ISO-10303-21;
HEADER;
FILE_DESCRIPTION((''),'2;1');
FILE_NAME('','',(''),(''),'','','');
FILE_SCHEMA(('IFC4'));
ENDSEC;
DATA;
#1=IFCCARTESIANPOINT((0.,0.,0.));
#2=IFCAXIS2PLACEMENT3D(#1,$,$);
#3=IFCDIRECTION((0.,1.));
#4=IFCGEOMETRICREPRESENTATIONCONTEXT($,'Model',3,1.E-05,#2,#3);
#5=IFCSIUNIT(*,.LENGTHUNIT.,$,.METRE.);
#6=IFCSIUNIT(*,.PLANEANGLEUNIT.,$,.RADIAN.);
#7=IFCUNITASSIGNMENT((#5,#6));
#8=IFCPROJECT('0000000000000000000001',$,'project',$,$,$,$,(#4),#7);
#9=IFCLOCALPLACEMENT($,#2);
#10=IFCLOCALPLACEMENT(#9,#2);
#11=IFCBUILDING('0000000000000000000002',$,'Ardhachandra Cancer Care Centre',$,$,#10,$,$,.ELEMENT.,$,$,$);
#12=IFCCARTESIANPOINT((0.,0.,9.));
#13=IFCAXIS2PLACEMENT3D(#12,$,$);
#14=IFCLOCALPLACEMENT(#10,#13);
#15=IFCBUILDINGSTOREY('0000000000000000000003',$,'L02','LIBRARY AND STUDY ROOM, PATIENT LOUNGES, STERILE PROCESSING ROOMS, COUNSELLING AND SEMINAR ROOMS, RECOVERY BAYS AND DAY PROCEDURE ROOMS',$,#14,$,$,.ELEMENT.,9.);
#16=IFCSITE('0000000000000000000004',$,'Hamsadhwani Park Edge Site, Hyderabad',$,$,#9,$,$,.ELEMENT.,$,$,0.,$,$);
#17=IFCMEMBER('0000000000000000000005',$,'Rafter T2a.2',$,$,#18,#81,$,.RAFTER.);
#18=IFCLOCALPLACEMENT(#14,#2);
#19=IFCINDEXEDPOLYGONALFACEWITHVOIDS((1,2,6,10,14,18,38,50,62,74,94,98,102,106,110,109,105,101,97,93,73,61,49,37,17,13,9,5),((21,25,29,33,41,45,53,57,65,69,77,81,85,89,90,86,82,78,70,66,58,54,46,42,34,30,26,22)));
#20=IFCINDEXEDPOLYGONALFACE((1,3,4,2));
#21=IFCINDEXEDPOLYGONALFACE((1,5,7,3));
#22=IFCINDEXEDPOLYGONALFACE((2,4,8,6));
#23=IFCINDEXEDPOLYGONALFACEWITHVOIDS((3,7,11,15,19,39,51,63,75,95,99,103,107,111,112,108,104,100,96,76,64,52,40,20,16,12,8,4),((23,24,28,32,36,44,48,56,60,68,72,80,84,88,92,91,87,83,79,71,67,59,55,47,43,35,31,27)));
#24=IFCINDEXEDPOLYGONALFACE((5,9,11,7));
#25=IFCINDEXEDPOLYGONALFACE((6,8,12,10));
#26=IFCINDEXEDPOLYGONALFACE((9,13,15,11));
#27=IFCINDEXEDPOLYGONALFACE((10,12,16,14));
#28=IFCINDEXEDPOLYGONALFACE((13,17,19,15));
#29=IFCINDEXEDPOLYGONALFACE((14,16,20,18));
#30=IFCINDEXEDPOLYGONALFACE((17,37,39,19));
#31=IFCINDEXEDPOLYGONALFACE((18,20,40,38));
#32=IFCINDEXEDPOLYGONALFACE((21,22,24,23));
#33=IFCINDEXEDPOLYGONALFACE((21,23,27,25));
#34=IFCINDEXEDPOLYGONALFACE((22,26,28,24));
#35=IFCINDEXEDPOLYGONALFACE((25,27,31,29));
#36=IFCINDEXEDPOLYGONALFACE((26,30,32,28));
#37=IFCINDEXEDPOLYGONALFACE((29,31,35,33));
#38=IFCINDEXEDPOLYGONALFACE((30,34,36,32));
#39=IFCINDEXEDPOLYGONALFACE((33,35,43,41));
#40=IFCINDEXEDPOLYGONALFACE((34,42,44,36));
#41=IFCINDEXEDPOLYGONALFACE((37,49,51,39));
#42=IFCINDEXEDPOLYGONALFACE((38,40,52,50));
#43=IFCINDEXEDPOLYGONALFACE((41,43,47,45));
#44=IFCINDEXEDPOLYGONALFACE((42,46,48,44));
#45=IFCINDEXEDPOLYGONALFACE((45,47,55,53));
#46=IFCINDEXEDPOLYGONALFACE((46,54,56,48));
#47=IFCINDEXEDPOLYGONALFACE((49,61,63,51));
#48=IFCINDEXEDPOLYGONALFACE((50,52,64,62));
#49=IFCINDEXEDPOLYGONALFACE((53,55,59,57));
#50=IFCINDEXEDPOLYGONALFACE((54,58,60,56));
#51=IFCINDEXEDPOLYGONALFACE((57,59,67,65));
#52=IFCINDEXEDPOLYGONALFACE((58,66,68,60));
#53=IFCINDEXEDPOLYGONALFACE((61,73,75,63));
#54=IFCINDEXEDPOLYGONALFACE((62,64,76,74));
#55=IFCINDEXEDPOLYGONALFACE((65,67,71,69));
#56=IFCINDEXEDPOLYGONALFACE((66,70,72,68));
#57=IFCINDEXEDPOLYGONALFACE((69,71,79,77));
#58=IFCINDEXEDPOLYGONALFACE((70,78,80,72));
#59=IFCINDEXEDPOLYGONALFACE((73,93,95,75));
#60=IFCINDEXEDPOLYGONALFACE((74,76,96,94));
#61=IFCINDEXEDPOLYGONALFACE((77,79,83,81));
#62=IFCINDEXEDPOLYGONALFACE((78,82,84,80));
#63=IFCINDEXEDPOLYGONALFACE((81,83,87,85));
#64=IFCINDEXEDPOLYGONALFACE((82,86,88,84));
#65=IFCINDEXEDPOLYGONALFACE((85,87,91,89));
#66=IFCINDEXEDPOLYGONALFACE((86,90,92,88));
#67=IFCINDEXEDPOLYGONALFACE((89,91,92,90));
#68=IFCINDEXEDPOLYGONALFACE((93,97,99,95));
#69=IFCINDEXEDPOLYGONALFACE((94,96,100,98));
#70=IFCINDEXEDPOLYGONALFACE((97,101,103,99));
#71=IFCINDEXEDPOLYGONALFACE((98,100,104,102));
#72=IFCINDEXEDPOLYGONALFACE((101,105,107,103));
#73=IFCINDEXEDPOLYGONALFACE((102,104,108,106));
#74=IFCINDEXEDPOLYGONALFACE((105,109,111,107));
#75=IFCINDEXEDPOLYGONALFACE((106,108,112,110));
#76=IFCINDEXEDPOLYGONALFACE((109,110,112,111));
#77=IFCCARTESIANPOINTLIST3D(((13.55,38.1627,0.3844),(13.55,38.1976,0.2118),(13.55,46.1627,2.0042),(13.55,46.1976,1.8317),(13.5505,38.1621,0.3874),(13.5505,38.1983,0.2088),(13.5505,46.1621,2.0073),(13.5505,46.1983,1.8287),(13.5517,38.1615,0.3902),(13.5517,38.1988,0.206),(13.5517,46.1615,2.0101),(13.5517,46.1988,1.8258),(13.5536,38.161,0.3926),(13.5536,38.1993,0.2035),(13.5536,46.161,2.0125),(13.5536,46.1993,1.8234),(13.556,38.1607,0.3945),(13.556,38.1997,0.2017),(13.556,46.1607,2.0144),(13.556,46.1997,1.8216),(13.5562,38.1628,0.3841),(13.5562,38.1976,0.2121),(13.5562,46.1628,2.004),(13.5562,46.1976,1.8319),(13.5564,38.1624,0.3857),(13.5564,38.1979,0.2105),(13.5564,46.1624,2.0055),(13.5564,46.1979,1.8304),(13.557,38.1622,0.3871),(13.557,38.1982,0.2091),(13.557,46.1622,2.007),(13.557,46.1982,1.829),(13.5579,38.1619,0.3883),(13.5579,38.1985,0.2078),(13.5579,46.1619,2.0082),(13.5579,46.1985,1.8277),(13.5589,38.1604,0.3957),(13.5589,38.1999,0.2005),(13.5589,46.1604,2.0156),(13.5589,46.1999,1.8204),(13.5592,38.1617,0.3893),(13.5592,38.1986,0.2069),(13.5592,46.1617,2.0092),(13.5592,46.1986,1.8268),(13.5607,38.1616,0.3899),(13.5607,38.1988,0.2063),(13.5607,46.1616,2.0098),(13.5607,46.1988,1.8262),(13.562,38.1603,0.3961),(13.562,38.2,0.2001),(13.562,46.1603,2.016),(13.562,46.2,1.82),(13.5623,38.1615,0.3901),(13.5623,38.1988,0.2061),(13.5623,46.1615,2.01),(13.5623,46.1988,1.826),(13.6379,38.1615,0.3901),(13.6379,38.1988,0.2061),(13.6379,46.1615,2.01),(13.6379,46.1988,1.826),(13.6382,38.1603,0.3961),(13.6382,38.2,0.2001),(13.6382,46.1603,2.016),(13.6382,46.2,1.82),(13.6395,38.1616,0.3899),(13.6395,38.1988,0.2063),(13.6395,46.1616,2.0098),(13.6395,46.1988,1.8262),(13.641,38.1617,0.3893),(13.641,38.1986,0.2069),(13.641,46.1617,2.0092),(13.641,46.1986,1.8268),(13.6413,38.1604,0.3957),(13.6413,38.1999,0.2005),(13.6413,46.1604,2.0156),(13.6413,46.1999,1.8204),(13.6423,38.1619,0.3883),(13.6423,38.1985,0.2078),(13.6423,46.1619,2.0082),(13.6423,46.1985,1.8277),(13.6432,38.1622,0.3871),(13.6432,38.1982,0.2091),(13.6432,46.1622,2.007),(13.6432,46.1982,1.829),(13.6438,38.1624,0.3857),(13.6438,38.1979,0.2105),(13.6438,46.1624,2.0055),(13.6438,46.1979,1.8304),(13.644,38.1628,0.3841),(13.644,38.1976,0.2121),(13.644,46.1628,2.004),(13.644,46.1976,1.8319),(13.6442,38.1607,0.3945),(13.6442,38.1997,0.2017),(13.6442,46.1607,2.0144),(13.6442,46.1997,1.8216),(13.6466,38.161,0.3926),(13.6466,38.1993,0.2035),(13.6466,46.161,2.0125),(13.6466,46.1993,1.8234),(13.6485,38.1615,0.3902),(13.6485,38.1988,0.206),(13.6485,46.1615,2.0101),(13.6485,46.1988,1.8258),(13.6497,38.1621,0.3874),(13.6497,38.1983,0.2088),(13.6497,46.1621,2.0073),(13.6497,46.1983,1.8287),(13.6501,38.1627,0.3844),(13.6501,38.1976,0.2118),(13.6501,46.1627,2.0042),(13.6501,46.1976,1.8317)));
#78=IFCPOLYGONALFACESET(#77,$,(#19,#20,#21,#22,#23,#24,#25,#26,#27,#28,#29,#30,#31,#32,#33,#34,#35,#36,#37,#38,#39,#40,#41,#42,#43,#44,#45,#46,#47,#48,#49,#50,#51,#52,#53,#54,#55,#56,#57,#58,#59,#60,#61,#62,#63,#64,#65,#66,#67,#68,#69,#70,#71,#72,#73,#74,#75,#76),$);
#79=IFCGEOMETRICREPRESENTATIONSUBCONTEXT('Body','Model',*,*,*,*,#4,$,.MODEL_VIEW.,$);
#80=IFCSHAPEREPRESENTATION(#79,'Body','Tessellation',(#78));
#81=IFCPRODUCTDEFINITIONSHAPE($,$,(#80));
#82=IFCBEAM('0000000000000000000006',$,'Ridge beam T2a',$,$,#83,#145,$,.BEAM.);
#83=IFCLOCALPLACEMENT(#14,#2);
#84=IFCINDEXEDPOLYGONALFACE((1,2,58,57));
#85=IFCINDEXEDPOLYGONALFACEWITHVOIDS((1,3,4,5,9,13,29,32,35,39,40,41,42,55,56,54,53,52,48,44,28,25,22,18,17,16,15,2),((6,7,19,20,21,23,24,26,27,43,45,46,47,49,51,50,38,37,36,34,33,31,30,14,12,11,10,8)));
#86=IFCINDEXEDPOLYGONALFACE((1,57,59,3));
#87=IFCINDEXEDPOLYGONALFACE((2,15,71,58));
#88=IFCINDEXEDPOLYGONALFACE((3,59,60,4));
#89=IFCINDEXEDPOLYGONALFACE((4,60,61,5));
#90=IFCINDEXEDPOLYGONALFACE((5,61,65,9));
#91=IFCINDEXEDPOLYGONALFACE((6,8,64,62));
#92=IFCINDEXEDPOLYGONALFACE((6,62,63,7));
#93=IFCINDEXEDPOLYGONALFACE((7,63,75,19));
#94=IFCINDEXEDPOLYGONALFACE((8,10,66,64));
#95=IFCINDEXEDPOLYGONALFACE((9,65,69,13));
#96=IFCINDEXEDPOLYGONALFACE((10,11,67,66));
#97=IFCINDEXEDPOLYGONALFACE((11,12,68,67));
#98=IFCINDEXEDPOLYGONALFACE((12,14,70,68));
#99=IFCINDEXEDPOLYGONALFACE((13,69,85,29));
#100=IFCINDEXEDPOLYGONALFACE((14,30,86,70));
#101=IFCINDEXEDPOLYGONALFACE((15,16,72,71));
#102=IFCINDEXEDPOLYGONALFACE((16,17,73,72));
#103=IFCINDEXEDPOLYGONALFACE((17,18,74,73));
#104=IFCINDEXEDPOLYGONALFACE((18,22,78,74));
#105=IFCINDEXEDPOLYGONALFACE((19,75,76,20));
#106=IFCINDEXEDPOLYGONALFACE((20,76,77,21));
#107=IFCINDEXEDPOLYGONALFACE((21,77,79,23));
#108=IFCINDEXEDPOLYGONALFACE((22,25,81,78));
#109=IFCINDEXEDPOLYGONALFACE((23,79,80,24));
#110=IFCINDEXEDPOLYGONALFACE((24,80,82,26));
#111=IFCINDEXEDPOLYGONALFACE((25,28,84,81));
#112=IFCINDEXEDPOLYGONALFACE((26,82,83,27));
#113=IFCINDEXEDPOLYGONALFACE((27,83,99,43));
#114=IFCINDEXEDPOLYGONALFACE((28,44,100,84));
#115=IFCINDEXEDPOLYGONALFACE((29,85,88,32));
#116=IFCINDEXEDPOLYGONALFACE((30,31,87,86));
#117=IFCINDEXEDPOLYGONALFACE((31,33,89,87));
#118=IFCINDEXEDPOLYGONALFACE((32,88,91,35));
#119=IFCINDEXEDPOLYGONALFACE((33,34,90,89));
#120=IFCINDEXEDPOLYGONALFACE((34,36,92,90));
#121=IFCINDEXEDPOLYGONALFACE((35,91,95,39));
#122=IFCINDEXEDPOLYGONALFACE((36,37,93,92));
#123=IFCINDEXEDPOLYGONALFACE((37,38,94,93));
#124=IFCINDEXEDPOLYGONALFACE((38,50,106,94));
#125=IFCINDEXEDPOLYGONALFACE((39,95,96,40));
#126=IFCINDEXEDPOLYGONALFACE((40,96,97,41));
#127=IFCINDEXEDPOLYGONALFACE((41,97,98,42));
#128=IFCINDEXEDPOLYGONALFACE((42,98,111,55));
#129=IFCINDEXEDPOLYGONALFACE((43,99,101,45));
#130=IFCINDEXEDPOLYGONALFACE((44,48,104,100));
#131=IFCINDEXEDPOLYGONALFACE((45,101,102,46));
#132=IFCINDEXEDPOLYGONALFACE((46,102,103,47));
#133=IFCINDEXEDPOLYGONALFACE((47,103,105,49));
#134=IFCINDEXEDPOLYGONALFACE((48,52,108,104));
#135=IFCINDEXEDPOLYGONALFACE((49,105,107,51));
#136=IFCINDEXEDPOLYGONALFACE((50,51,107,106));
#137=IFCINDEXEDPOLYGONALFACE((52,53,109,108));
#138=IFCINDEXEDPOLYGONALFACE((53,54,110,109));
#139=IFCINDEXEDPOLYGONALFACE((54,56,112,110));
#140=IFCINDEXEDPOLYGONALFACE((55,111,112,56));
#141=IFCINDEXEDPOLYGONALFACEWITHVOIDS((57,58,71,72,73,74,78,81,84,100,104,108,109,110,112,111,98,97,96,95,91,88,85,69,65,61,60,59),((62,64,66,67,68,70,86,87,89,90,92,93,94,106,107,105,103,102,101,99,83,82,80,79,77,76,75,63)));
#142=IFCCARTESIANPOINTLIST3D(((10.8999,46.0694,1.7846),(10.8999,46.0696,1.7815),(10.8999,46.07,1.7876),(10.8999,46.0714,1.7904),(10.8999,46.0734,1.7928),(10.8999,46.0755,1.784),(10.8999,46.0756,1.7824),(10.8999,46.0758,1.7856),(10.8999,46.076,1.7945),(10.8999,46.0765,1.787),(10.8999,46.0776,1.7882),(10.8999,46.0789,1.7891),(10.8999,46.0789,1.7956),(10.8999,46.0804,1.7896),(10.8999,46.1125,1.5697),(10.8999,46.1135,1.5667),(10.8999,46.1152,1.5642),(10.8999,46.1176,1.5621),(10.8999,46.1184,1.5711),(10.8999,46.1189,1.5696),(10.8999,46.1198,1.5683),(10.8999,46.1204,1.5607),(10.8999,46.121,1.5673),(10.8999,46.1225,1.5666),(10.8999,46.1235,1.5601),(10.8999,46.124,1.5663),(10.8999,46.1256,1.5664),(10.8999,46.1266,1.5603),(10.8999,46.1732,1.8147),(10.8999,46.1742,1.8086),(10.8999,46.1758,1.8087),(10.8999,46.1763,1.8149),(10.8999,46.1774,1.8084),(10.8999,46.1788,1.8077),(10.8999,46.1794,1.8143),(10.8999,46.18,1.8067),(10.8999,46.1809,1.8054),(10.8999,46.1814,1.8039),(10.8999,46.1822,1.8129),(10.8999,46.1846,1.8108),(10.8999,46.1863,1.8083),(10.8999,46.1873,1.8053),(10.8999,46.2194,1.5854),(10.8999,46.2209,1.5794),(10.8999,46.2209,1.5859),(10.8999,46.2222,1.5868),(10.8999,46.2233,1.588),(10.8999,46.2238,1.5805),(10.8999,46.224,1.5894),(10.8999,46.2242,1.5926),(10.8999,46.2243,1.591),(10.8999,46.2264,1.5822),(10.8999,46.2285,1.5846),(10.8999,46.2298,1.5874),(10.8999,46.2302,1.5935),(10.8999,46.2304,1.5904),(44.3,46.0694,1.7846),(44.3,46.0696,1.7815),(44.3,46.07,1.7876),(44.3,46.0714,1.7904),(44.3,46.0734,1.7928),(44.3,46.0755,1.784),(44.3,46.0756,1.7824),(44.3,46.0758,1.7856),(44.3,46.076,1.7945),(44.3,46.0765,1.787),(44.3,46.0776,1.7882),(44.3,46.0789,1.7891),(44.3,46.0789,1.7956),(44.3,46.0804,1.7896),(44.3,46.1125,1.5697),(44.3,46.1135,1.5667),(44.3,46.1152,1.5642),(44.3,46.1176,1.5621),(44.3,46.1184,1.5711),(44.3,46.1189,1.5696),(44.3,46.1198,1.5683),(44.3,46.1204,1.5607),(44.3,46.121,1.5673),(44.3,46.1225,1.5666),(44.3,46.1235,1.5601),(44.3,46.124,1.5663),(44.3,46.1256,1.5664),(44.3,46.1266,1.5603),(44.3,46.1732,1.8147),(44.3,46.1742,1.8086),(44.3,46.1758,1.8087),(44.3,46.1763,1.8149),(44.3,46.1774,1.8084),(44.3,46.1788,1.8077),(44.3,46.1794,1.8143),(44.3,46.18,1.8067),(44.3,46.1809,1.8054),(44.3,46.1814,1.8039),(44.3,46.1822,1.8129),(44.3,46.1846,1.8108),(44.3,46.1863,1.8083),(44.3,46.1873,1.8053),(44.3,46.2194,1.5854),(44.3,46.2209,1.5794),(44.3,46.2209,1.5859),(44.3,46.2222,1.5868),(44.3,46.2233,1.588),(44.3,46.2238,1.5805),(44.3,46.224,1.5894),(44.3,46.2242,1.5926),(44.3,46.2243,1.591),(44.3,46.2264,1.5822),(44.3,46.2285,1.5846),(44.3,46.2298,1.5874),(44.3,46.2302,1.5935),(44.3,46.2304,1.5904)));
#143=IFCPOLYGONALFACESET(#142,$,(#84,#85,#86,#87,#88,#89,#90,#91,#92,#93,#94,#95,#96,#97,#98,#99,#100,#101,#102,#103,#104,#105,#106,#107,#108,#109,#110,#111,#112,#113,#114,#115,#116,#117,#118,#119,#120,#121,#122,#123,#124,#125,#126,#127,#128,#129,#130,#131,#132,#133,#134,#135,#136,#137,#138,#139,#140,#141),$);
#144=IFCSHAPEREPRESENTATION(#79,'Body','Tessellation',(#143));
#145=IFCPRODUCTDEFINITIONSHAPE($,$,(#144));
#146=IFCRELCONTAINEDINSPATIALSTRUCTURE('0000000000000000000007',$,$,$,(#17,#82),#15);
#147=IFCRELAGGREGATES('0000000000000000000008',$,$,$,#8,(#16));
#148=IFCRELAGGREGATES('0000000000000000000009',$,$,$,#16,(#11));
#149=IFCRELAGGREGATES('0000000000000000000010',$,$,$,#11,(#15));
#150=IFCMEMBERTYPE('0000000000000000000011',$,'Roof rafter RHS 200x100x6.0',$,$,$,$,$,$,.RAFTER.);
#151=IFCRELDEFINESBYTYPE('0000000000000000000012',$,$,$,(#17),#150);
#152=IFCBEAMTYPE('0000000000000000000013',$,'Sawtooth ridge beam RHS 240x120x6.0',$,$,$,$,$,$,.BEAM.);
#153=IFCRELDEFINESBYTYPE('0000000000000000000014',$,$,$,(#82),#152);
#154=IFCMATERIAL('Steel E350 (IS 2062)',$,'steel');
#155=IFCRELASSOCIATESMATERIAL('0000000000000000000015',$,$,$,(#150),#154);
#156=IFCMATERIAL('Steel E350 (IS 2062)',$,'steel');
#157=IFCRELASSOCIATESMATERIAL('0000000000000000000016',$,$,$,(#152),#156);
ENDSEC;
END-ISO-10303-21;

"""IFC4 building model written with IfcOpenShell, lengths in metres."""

from ifc_helpers import new_model, si_unit, direction, frame, origin, origin_2d, place, context, subcontext, project, spatial, hollow_rectangle, extrude, material, material_profile, profile_set, type_object, element, save


model = new_model("IFC4")

# Units and contexts
model_context = context("Model", 3, precision=1e-05, world=origin(), true_north=direction((0.0, 1.0)))
body_context = subcontext(model_context, "Body", "Model", "MODEL_VIEW")
ifc_project = project(units=[si_unit("LENGTHUNIT", "METRE"), si_unit("PLANEANGLEUNIT", "RADIAN")], contexts=[model_context])

# Site, building, storey
site_placement = place(None, origin())
site = spatial("IfcSite", under=ifc_project, at=site_placement, Name="Hamsadhwani Park Edge Site, Hyderabad", CompositionType="ELEMENT", RefElevation=0.0)
building_placement = place(site_placement, origin())
building = spatial("IfcBuilding", under=site, at=building_placement, Name="Ardhachandra Cancer Care Centre", CompositionType="ELEMENT")
storey_placement = place(building_placement, frame((0.0, 0.0, 9.0)))
storey = spatial("IfcBuildingStorey", under=building, at=storey_placement, Name="L02", Description="LIBRARY AND STUDY ROOM, PATIENT LOUNGES, STERILE PROCESSING ROOMS, COUNSELLING AND SEMINAR ROOMS, RECOVERY BAYS AND DAY PROCEDURE ROOMS", CompositionType="ELEMENT", Elevation=9.0)

# Member
ifc_material_1 = material(Name="Steel E350 (IS 2062)", Category="steel")
ifc_material_profile_1 = material_profile(ifc_material_1, hollow_rectangle(XDim=0.1001, YDim=0.2, WallThickness=0.0061, InnerFilletRadius=0.0061, OuterFilletRadius=0.012, at=origin_2d()), Name="RHS 200x100x6.0")
ifc_profile_set_1 = profile_set([ifc_material_profile_1], Name="Steel E350 (IS 2062)")
member_type_1 = type_object("IfcMemberType", Name="Roof rafter RHS 200x100x6.0", PredefinedType="RAFTER", material=ifc_profile_set_1)
member_1_placement = place(storey_placement, frame((13.6001, 38.1802, 0.2981), z_axis=(0.0, 0.98011, 0.198457), x_axis=(-1.0, 0.0, 0.0)))
element("IfcMember", 1, at=member_1_placement, inside=storey, type_object=member_type_1, Name="Rafter T2a.2", PredefinedType="RAFTER", context=body_context, shape_type="SweptSolid", body=[
    extrude(hollow_rectangle(XDim=0.1001, YDim=0.2, WallThickness=0.0061, InnerFilletRadius=0.0061, OuterFilletRadius=0.012, at=origin_2d()), origin(), (0.0, 0.0, 1.0), 8.1624),
])

# Beam
ifc_material_2 = material(Name="Steel E350 (IS 2062)", Category="steel")
ifc_material_profile_2 = material_profile(ifc_material_2, hollow_rectangle(XDim=0.1201, YDim=0.24, WallThickness=0.0061, InnerFilletRadius=0.0061, OuterFilletRadius=0.012, at=origin_2d()), Name="RHS 240x120x6.0")
ifc_profile_set_2 = profile_set([ifc_material_profile_2], Name="Steel E350 (IS 2062)")
beam_type_1 = type_object("IfcBeamType", Name="Sawtooth ridge beam RHS 240x120x6.0", PredefinedType="BEAM", material=ifc_profile_set_2)
beam_1_placement = place(storey_placement, frame((10.8999, 46.1499, 1.6875), z_axis=(1.0, 0.0, 0.0), x_axis=(0.0, 0.980107, 0.198472)))
element("IfcBeam", 2, at=beam_1_placement, inside=storey, type_object=beam_type_1, Name="Ridge beam T2a", PredefinedType="BEAM", context=body_context, shape_type="SweptSolid", body=[
    extrude(hollow_rectangle(XDim=0.1201, YDim=0.24, WallThickness=0.0061, InnerFilletRadius=0.0061, OuterFilletRadius=0.012, at=origin_2d()), origin(), (0.0, 0.0, 1.0), 33.4001),
])

save(model, "model.ifc")
